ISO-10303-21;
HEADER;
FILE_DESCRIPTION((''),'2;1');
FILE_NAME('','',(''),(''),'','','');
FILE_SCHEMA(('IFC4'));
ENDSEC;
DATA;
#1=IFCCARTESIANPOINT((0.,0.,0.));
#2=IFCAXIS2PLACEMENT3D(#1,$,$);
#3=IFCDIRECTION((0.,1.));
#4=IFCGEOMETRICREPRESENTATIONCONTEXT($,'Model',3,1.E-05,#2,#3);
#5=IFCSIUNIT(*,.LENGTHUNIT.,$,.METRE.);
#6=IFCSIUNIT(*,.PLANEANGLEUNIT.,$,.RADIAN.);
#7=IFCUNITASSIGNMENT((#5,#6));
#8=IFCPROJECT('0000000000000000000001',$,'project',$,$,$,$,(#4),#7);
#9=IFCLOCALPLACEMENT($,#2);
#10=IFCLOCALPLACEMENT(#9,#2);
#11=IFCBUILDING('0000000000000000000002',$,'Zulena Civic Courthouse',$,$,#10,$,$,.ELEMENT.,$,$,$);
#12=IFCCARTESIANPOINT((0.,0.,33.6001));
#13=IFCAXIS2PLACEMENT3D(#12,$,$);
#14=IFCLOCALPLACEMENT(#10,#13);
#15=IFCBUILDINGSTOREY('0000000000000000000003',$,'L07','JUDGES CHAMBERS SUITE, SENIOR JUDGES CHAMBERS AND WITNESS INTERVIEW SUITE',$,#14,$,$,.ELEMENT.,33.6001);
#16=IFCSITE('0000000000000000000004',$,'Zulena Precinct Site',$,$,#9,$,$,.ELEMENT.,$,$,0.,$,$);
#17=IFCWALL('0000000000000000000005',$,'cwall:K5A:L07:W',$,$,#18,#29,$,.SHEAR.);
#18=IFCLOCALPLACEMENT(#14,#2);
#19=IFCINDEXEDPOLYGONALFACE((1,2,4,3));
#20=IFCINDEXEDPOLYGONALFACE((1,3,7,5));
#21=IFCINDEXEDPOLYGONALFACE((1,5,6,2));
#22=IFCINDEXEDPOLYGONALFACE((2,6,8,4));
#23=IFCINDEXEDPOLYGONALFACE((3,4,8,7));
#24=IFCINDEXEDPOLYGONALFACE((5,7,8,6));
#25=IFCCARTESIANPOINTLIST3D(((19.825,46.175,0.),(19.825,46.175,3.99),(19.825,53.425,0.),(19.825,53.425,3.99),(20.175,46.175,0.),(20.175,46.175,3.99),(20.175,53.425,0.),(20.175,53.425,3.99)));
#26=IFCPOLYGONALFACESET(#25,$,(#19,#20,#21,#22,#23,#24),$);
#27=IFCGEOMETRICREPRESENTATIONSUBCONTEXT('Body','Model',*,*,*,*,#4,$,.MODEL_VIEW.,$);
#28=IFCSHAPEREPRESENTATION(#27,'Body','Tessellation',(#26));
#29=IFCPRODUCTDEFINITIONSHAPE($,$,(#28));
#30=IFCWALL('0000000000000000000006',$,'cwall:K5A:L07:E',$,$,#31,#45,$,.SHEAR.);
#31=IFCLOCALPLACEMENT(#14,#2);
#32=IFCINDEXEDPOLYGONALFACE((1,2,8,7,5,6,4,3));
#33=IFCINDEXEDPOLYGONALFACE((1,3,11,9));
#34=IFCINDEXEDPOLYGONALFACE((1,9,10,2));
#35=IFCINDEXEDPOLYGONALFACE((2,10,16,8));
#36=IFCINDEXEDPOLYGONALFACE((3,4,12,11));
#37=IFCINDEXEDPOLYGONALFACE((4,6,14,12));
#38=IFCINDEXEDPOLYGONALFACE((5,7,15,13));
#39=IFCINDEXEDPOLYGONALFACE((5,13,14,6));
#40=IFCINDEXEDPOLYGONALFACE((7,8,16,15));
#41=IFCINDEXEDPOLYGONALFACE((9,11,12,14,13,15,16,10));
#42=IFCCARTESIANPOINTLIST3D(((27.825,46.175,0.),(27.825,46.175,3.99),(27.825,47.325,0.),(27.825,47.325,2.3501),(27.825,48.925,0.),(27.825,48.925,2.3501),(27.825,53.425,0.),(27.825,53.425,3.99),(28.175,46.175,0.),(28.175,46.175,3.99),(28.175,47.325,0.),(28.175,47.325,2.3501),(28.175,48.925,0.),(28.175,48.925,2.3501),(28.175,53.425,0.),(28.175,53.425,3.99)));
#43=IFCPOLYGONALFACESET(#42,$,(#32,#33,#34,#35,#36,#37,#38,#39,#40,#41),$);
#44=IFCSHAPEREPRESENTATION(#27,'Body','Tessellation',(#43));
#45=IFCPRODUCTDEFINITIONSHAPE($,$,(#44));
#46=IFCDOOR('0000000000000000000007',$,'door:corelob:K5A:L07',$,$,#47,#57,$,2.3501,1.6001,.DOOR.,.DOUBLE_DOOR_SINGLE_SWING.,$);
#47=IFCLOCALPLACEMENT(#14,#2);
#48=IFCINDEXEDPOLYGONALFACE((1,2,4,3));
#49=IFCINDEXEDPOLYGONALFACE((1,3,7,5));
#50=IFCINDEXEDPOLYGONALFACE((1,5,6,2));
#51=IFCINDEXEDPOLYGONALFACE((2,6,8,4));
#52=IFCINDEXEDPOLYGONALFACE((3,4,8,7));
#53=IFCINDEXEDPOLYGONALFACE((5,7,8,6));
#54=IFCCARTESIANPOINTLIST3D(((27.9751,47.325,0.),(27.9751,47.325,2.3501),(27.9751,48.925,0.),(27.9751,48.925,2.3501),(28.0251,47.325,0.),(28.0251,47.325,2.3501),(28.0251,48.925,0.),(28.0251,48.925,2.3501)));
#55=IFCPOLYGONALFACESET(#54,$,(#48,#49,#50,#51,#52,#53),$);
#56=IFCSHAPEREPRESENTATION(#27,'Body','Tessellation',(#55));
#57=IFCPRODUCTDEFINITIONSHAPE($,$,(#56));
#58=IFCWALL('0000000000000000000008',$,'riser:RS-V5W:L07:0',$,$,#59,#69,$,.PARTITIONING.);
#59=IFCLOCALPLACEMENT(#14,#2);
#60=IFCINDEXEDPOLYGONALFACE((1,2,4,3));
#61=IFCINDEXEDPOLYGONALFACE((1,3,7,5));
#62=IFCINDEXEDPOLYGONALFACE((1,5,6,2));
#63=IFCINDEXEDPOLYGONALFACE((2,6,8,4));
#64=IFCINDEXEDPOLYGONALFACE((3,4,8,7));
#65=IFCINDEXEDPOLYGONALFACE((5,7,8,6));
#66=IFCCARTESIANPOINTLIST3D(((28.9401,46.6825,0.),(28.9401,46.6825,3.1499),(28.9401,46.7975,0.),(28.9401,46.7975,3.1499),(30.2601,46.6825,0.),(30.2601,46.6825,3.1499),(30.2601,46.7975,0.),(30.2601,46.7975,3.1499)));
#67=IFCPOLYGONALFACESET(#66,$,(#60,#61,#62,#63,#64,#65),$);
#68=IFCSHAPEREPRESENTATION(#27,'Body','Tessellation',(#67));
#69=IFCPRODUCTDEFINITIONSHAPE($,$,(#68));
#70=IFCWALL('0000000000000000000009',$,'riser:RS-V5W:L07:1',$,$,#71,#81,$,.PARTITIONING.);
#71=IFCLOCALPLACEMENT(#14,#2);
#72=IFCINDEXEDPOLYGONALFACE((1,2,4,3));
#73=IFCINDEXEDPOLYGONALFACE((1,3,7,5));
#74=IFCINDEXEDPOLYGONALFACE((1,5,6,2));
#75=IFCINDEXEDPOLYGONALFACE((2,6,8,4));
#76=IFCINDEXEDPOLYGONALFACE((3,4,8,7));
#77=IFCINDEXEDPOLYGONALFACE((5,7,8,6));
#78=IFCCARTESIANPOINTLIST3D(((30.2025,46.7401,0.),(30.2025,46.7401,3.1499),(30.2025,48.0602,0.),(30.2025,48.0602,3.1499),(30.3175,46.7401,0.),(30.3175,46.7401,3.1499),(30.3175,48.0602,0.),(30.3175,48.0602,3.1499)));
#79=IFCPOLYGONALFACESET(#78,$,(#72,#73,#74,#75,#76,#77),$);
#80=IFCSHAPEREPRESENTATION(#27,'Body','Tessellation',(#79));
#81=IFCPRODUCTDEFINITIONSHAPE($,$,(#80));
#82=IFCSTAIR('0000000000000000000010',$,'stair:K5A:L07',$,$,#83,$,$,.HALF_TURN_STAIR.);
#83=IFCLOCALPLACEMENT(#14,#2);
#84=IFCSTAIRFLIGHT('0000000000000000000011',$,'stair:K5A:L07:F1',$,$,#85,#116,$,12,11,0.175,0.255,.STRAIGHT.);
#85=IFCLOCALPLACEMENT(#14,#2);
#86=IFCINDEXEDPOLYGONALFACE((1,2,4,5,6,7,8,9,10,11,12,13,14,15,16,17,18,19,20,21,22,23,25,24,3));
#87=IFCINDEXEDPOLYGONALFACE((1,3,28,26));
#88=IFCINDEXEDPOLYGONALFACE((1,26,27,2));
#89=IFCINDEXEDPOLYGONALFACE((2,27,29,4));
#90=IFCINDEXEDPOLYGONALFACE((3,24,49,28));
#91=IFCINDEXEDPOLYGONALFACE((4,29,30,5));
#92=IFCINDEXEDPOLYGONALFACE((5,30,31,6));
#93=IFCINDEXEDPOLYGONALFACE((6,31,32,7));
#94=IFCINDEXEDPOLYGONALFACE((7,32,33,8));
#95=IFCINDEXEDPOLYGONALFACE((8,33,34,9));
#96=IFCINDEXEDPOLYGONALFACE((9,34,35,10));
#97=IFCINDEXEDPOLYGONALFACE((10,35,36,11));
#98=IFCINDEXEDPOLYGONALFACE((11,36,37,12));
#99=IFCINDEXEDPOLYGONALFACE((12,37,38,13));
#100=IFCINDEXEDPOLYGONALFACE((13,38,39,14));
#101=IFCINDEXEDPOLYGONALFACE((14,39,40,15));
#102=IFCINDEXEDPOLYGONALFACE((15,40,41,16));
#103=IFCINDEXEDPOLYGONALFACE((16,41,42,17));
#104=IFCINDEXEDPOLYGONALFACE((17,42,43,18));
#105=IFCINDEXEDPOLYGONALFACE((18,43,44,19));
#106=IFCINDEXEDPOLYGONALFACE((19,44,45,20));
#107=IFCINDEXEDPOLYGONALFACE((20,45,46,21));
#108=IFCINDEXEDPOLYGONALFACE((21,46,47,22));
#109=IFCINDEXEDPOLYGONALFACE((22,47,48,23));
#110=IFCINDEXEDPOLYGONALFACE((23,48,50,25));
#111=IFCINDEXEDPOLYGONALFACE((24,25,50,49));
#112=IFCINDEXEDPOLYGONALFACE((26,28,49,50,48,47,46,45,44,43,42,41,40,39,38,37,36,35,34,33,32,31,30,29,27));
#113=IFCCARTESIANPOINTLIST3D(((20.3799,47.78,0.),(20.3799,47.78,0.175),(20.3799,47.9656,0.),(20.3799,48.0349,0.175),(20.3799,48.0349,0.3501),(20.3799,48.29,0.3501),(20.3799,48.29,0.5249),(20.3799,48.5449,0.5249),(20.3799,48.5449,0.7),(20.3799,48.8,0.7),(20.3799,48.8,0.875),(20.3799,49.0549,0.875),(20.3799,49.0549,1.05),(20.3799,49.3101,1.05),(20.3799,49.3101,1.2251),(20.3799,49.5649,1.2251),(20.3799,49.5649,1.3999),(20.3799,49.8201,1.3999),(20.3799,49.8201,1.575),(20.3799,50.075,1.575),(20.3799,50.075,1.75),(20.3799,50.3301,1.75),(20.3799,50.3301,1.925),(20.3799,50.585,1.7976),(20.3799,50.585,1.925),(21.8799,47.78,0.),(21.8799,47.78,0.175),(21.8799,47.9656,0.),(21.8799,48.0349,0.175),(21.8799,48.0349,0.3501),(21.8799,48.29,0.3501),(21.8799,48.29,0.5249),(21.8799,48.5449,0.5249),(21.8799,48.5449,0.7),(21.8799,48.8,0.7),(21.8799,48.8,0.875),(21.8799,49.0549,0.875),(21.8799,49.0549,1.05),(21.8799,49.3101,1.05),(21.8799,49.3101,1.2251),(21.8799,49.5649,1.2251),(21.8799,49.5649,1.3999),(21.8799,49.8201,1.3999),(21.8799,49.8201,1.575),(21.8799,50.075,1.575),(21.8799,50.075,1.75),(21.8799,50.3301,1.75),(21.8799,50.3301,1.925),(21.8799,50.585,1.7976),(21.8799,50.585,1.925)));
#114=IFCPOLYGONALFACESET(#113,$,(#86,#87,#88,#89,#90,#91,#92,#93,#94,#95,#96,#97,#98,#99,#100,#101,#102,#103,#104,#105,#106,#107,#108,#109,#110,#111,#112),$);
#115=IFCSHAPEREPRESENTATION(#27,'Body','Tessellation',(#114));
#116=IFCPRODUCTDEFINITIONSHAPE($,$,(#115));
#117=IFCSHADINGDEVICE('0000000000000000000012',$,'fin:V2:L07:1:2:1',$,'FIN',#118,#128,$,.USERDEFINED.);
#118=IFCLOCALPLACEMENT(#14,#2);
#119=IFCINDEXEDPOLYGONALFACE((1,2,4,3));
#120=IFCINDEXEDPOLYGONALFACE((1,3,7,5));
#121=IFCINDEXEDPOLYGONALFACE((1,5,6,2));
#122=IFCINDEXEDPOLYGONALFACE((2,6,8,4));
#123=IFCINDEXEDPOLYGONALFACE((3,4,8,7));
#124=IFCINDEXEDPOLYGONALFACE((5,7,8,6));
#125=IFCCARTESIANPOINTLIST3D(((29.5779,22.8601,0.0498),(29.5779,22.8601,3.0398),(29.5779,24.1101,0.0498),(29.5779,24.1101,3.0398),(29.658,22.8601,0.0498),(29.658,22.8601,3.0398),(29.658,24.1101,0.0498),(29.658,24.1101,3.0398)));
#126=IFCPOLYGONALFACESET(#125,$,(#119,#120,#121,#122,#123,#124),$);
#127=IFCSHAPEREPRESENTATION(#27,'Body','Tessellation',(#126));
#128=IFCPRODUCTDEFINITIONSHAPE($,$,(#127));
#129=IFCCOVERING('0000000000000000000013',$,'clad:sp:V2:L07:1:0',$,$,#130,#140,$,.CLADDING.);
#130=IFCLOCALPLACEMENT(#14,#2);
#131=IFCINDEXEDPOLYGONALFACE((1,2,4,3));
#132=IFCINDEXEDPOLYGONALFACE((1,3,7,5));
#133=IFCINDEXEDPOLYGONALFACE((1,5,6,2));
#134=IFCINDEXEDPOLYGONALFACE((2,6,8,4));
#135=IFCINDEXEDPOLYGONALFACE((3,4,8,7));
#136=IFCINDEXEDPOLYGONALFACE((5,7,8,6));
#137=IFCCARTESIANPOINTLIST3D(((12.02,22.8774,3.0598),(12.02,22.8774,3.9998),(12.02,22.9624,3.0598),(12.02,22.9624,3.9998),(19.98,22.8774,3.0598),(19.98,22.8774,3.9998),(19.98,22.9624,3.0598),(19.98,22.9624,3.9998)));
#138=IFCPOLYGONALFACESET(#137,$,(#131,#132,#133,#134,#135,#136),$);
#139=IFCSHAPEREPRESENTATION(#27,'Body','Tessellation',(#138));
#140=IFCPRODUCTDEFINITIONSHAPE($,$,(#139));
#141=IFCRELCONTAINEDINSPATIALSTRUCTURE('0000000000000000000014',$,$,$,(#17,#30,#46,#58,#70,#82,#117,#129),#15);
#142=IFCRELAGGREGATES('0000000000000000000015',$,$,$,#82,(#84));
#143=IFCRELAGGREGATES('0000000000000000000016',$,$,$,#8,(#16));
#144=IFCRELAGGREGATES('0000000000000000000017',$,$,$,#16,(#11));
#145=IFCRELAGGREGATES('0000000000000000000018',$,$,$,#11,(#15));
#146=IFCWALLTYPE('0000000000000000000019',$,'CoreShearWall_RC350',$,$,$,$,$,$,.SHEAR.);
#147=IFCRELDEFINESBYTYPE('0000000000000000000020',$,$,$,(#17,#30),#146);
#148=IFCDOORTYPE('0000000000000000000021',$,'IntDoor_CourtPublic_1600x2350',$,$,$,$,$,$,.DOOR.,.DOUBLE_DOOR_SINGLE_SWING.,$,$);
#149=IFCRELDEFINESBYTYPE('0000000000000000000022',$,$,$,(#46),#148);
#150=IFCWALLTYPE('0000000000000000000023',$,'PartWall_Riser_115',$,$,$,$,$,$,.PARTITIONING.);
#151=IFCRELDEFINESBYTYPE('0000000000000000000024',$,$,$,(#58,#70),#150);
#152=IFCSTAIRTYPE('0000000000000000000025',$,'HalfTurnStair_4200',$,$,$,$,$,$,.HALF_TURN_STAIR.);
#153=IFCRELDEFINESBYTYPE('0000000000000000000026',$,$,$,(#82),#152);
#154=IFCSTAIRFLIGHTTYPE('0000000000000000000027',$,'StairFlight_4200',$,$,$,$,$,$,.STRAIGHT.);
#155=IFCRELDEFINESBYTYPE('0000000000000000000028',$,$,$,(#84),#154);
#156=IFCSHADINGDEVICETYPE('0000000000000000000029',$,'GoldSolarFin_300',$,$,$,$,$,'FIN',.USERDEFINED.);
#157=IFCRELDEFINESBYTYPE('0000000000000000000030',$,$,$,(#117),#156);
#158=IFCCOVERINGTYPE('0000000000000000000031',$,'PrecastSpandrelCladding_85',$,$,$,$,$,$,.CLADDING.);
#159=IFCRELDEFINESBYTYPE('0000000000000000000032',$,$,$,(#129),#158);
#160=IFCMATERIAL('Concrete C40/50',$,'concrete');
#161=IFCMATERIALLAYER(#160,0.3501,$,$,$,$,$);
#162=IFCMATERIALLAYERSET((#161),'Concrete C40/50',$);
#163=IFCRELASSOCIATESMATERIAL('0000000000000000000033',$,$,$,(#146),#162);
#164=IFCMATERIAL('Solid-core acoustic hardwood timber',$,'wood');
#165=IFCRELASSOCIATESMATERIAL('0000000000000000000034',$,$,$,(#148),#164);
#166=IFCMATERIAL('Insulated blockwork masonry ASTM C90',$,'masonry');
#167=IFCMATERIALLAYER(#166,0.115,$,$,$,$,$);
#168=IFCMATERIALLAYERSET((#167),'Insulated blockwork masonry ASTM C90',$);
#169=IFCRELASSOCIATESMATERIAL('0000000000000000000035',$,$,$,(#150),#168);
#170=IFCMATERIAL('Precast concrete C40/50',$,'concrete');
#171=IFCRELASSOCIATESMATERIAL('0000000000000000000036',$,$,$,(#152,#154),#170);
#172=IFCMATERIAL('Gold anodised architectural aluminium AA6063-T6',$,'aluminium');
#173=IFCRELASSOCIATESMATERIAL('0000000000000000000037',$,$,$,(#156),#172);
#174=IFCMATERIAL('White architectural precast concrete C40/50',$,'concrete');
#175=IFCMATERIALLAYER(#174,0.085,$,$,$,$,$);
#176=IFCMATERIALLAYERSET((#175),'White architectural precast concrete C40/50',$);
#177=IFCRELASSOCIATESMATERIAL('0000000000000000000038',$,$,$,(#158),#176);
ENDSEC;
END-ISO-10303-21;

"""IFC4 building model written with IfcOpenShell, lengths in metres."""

from ifc_helpers import new_model, si_unit, direction, frame, frame_2d, origin, origin_2d, place, context, subcontext, project, spatial, polyline, rectangle, outline, extrude, material, layer, layer_set, type_object, element, fill, aggregate, save


model = new_model("IFC4")

# Units and contexts
model_context = context("Model", 3, precision=1e-05, world=origin(), true_north=direction((0.0, 1.0)))
body_context = subcontext(model_context, "Body", "Model", "MODEL_VIEW")
ifc_project = project(units=[si_unit("LENGTHUNIT", "METRE"), si_unit("PLANEANGLEUNIT", "RADIAN")], contexts=[model_context])

# Site, building, storey
site_placement = place(None, origin())
site = spatial("IfcSite", under=ifc_project, at=site_placement, Name="Zulena Precinct Site", CompositionType="ELEMENT", RefElevation=0.0)
building_placement = place(site_placement, origin())
building = spatial("IfcBuilding", under=site, at=building_placement, Name="Zulena Civic Courthouse", CompositionType="ELEMENT")
storey_placement = place(building_placement, frame((0.0, 0.0, 33.6001)))
storey = spatial("IfcBuildingStorey", under=building, at=storey_placement, Name="L07", Description="JUDGES CHAMBERS SUITE, SENIOR JUDGES CHAMBERS AND WITNESS INTERVIEW SUITE", CompositionType="ELEMENT", Elevation=33.6001)

# Shared definitions
ifc_material_1 = material(Name="Concrete C40/50", Category="concrete")

# Wall
ifc_layer_1 = layer(ifc_material_1, 0.3501)
ifc_layer_set_1 = layer_set([ifc_layer_1], Name="Concrete C40/50")
wall_type_1 = type_object("IfcWallType", Name="CoreShearWall_RC350", PredefinedType="SHEAR", material=ifc_layer_set_1)
wall_1_placement = place(storey_placement, frame((20.0, 46.175, 0.0), z_axis=(0.0, 0.0, 1.0), x_axis=(0.0, 1.0, 0.0)))
element("IfcWall", 1, at=wall_1_placement, inside=storey, type_object=wall_type_1, Name="cwall:K5A:L07:W", PredefinedType="SHEAR", context=body_context, shape_type="SweptSolid", body=[
    extrude(rectangle(XDim=7.25, YDim=0.3501, at=frame_2d((3.625, 0.0))), origin(), (0.0, 0.0, 1.0), 3.99),
])

# Wall, opening, door
wall_2_placement = place(storey_placement, frame((28.0, 46.175, 0.0), z_axis=(0.0, 0.0, 1.0), x_axis=(0.0, 1.0, 0.0)))
wall_2 = element("IfcWall", 2, at=wall_2_placement, inside=storey, type_object=wall_type_1, Name="cwall:K5A:L07:E", PredefinedType="SHEAR", context=body_context, shape_type="SweptSolid", body=[
    extrude(rectangle(XDim=7.25, YDim=0.3501, at=frame_2d((3.625, 0.0))), origin(), (0.0, 0.0, 1.0), 3.99),
])
opening_1_placement = place(wall_2_placement, frame((1.1499, 0.0, 0.0)))
opening_1 = element("IfcOpeningElement", 3, at=opening_1_placement, cuts=wall_2, PredefinedType="OPENING", context=body_context, shape_type="SweptSolid", body=[
    extrude(rectangle(XDim=1.6001, YDim=2.3501, at=frame_2d((0.8, 1.175))), frame((0.0, 0.1851, 0.0), z_axis=(0.0, -1.0, 0.0), x_axis=(1.0, 0.0, 0.0)), (0.0, 0.0, 1.0), 0.3701),
])
ifc_material_2 = material(Name="Solid-core acoustic hardwood timber", Category="wood")
door_type_1 = type_object("IfcDoorType", Name="IntDoor_CourtPublic_1600x2350", OperationType="DOUBLE_DOOR_SINGLE_SWING", PredefinedType="DOOR", material=ifc_material_2)
door_1_placement = place(opening_1_placement, origin())
door_1 = element("IfcDoor", 4, at=door_1_placement, inside=storey, type_object=door_type_1, Name="door:corelob:K5A:L07", OperationType="DOUBLE_DOOR_SINGLE_SWING", OverallHeight=2.3501, OverallWidth=1.6001, PredefinedType="DOOR", context=body_context, shape_type="SweptSolid", body=[
    extrude(rectangle(XDim=1.6001, YDim=2.3501, at=frame_2d((0.8, 1.175))), frame((0.0, 0.0249, 0.0), z_axis=(0.0, -1.0, 0.0), x_axis=(1.0, 0.0, 0.0)), (0.0, 0.0, 1.0), 0.05),
])
fill(opening_1, door_1)

# Walls
ifc_material_3 = material(Name="Insulated blockwork masonry ASTM C90", Category="masonry")
ifc_layer_2 = layer(ifc_material_3, 0.115)
ifc_layer_set_2 = layer_set([ifc_layer_2], Name="Insulated blockwork masonry ASTM C90")
wall_type_2 = type_object("IfcWallType", Name="PartWall_Riser_115", PredefinedType="PARTITIONING", material=ifc_layer_set_2)
for number, where, z_axis, x_axis, name in (
    (5, (28.9399, 46.74, 0.0), (0.0, 0.0, 1.0), (1.0, 0.0, 0.0), "riser:RS-V5W:L07:0"),
    (6, (30.26, 46.74, 0.0), (0.0, 0.0, 1.0), (0.0, 1.0, 0.0), "riser:RS-V5W:L07:1"),
):
    element("IfcWall", number, at=place(storey_placement, frame(where, z_axis=z_axis, x_axis=x_axis)), inside=storey, type_object=wall_type_2, Name=name, PredefinedType="PARTITIONING", context=body_context, shape_type="SweptSolid", body=[
        extrude(rectangle(XDim=1.3201, YDim=0.115, at=frame_2d((0.6602, 0.0))), origin(), (0.0, 0.0, 1.0), 3.1499),
    ])

# Stair, stair flight
ifc_material_4 = material(Name="Precast concrete C40/50", Category="concrete")
stair_type = type_object("IfcStairType", Name="HalfTurnStair_4200", PredefinedType="HALF_TURN_STAIR", material=ifc_material_4)
stair_placement = place(storey_placement, origin())
stair = element("IfcStair", 7, at=stair_placement, inside=storey, type_object=stair_type, Name="stair:K5A:L07", PredefinedType="HALF_TURN_STAIR")
stair_flight_type = type_object("IfcStairFlightType", Name="StairFlight_4200", PredefinedType="STRAIGHT", material=ifc_material_4)
stair_flight_placement = place(storey_placement, frame((21.1299, 47.78, 0.0), z_axis=(0.0, 0.0, 1.0), x_axis=(0.0, 1.0, 0.0)))
stair_flight = element("IfcStairFlight", 8, at=stair_flight_placement, type_object=stair_flight_type, Name="stair:K5A:L07:F1", NumberOfRisers=12, NumberOfTreads=11, PredefinedType="STRAIGHT", RiserHeight=0.175, TreadLength=0.255, context=body_context, shape_type="SweptSolid", body=[
    extrude(outline(polyline([(0.0, 0.0), (0.0, 0.175), (0.2549, 0.175), (0.2549, 0.3501), (0.51, 0.3501), (0.51, 0.5249), (0.7649, 0.5249), (0.7649, 0.7), (1.02, 0.7), (1.02, 0.875), (1.2749, 0.875), (1.2749, 1.05), (1.53, 1.05), (1.53, 1.2251), (1.7849, 1.2251), (1.7849, 1.3999), (2.04, 1.3999), (2.04, 1.575), (2.2949, 1.575), (2.2949, 1.75), (2.55, 1.75), (2.55, 1.925), (2.8049, 1.925), (2.8049, 2.1001), (2.8049, 1.7976), (0.1855, 0.0), (0.0, 0.0)])), frame((0.0, 0.75, 0.0), z_axis=(0.0, -1.0, 0.0), x_axis=(1.0, 0.0, 0.0)), (0.0, 0.0, 1.0), 1.5),
])
aggregate(stair, [stair_flight])

# Shading device
ifc_material_5 = material(Name="Gold anodised architectural aluminium AA6063-T6", Category="aluminium")
shading_device_type = type_object("IfcShadingDeviceType", Name="GoldSolarFin_300", ElementType="FIN", PredefinedType="USERDEFINED", material=ifc_material_5)
shading_device_placement = place(storey_placement, frame((29.6179, 23.4851, 0.0498), z_axis=(0.0, 0.0, 1.0), x_axis=(0.0, 1.0, 0.0)))
element("IfcShadingDevice", 9, at=shading_device_placement, inside=storey, type_object=shading_device_type, Name="fin:V2:L07:1:2:1", ObjectType="FIN", PredefinedType="USERDEFINED", context=body_context, shape_type="SweptSolid", body=[
    extrude(rectangle(XDim=1.25, YDim=0.0801, at=origin_2d()), origin(), (0.0, 0.0, 1.0), 2.99),
])

# Covering
ifc_material_6 = material(Name="White architectural precast concrete C40/50", Category="concrete")
ifc_layer_3 = layer(ifc_material_6, 0.085)
ifc_layer_set_3 = layer_set([ifc_layer_3], Name="White architectural precast concrete C40/50")
covering_type = type_object("IfcCoveringType", Name="PrecastSpandrelCladding_85", PredefinedType="CLADDING", material=ifc_layer_set_3)
covering_placement = place(storey_placement, frame((16.0, 22.9199, 3.0598), z_axis=(0.0, 0.0, 1.0), x_axis=(1.0, 0.0, 0.0)))
element("IfcCovering", 10, at=covering_placement, inside=storey, type_object=covering_type, Name="clad:sp:V2:L07:1:0", PredefinedType="CLADDING", context=body_context, shape_type="SweptSolid", body=[
    extrude(rectangle(XDim=7.96, YDim=0.085, at=origin_2d()), origin(), (0.0, 0.0, 1.0), 0.9399),
])

save(model, "model.ifc")
